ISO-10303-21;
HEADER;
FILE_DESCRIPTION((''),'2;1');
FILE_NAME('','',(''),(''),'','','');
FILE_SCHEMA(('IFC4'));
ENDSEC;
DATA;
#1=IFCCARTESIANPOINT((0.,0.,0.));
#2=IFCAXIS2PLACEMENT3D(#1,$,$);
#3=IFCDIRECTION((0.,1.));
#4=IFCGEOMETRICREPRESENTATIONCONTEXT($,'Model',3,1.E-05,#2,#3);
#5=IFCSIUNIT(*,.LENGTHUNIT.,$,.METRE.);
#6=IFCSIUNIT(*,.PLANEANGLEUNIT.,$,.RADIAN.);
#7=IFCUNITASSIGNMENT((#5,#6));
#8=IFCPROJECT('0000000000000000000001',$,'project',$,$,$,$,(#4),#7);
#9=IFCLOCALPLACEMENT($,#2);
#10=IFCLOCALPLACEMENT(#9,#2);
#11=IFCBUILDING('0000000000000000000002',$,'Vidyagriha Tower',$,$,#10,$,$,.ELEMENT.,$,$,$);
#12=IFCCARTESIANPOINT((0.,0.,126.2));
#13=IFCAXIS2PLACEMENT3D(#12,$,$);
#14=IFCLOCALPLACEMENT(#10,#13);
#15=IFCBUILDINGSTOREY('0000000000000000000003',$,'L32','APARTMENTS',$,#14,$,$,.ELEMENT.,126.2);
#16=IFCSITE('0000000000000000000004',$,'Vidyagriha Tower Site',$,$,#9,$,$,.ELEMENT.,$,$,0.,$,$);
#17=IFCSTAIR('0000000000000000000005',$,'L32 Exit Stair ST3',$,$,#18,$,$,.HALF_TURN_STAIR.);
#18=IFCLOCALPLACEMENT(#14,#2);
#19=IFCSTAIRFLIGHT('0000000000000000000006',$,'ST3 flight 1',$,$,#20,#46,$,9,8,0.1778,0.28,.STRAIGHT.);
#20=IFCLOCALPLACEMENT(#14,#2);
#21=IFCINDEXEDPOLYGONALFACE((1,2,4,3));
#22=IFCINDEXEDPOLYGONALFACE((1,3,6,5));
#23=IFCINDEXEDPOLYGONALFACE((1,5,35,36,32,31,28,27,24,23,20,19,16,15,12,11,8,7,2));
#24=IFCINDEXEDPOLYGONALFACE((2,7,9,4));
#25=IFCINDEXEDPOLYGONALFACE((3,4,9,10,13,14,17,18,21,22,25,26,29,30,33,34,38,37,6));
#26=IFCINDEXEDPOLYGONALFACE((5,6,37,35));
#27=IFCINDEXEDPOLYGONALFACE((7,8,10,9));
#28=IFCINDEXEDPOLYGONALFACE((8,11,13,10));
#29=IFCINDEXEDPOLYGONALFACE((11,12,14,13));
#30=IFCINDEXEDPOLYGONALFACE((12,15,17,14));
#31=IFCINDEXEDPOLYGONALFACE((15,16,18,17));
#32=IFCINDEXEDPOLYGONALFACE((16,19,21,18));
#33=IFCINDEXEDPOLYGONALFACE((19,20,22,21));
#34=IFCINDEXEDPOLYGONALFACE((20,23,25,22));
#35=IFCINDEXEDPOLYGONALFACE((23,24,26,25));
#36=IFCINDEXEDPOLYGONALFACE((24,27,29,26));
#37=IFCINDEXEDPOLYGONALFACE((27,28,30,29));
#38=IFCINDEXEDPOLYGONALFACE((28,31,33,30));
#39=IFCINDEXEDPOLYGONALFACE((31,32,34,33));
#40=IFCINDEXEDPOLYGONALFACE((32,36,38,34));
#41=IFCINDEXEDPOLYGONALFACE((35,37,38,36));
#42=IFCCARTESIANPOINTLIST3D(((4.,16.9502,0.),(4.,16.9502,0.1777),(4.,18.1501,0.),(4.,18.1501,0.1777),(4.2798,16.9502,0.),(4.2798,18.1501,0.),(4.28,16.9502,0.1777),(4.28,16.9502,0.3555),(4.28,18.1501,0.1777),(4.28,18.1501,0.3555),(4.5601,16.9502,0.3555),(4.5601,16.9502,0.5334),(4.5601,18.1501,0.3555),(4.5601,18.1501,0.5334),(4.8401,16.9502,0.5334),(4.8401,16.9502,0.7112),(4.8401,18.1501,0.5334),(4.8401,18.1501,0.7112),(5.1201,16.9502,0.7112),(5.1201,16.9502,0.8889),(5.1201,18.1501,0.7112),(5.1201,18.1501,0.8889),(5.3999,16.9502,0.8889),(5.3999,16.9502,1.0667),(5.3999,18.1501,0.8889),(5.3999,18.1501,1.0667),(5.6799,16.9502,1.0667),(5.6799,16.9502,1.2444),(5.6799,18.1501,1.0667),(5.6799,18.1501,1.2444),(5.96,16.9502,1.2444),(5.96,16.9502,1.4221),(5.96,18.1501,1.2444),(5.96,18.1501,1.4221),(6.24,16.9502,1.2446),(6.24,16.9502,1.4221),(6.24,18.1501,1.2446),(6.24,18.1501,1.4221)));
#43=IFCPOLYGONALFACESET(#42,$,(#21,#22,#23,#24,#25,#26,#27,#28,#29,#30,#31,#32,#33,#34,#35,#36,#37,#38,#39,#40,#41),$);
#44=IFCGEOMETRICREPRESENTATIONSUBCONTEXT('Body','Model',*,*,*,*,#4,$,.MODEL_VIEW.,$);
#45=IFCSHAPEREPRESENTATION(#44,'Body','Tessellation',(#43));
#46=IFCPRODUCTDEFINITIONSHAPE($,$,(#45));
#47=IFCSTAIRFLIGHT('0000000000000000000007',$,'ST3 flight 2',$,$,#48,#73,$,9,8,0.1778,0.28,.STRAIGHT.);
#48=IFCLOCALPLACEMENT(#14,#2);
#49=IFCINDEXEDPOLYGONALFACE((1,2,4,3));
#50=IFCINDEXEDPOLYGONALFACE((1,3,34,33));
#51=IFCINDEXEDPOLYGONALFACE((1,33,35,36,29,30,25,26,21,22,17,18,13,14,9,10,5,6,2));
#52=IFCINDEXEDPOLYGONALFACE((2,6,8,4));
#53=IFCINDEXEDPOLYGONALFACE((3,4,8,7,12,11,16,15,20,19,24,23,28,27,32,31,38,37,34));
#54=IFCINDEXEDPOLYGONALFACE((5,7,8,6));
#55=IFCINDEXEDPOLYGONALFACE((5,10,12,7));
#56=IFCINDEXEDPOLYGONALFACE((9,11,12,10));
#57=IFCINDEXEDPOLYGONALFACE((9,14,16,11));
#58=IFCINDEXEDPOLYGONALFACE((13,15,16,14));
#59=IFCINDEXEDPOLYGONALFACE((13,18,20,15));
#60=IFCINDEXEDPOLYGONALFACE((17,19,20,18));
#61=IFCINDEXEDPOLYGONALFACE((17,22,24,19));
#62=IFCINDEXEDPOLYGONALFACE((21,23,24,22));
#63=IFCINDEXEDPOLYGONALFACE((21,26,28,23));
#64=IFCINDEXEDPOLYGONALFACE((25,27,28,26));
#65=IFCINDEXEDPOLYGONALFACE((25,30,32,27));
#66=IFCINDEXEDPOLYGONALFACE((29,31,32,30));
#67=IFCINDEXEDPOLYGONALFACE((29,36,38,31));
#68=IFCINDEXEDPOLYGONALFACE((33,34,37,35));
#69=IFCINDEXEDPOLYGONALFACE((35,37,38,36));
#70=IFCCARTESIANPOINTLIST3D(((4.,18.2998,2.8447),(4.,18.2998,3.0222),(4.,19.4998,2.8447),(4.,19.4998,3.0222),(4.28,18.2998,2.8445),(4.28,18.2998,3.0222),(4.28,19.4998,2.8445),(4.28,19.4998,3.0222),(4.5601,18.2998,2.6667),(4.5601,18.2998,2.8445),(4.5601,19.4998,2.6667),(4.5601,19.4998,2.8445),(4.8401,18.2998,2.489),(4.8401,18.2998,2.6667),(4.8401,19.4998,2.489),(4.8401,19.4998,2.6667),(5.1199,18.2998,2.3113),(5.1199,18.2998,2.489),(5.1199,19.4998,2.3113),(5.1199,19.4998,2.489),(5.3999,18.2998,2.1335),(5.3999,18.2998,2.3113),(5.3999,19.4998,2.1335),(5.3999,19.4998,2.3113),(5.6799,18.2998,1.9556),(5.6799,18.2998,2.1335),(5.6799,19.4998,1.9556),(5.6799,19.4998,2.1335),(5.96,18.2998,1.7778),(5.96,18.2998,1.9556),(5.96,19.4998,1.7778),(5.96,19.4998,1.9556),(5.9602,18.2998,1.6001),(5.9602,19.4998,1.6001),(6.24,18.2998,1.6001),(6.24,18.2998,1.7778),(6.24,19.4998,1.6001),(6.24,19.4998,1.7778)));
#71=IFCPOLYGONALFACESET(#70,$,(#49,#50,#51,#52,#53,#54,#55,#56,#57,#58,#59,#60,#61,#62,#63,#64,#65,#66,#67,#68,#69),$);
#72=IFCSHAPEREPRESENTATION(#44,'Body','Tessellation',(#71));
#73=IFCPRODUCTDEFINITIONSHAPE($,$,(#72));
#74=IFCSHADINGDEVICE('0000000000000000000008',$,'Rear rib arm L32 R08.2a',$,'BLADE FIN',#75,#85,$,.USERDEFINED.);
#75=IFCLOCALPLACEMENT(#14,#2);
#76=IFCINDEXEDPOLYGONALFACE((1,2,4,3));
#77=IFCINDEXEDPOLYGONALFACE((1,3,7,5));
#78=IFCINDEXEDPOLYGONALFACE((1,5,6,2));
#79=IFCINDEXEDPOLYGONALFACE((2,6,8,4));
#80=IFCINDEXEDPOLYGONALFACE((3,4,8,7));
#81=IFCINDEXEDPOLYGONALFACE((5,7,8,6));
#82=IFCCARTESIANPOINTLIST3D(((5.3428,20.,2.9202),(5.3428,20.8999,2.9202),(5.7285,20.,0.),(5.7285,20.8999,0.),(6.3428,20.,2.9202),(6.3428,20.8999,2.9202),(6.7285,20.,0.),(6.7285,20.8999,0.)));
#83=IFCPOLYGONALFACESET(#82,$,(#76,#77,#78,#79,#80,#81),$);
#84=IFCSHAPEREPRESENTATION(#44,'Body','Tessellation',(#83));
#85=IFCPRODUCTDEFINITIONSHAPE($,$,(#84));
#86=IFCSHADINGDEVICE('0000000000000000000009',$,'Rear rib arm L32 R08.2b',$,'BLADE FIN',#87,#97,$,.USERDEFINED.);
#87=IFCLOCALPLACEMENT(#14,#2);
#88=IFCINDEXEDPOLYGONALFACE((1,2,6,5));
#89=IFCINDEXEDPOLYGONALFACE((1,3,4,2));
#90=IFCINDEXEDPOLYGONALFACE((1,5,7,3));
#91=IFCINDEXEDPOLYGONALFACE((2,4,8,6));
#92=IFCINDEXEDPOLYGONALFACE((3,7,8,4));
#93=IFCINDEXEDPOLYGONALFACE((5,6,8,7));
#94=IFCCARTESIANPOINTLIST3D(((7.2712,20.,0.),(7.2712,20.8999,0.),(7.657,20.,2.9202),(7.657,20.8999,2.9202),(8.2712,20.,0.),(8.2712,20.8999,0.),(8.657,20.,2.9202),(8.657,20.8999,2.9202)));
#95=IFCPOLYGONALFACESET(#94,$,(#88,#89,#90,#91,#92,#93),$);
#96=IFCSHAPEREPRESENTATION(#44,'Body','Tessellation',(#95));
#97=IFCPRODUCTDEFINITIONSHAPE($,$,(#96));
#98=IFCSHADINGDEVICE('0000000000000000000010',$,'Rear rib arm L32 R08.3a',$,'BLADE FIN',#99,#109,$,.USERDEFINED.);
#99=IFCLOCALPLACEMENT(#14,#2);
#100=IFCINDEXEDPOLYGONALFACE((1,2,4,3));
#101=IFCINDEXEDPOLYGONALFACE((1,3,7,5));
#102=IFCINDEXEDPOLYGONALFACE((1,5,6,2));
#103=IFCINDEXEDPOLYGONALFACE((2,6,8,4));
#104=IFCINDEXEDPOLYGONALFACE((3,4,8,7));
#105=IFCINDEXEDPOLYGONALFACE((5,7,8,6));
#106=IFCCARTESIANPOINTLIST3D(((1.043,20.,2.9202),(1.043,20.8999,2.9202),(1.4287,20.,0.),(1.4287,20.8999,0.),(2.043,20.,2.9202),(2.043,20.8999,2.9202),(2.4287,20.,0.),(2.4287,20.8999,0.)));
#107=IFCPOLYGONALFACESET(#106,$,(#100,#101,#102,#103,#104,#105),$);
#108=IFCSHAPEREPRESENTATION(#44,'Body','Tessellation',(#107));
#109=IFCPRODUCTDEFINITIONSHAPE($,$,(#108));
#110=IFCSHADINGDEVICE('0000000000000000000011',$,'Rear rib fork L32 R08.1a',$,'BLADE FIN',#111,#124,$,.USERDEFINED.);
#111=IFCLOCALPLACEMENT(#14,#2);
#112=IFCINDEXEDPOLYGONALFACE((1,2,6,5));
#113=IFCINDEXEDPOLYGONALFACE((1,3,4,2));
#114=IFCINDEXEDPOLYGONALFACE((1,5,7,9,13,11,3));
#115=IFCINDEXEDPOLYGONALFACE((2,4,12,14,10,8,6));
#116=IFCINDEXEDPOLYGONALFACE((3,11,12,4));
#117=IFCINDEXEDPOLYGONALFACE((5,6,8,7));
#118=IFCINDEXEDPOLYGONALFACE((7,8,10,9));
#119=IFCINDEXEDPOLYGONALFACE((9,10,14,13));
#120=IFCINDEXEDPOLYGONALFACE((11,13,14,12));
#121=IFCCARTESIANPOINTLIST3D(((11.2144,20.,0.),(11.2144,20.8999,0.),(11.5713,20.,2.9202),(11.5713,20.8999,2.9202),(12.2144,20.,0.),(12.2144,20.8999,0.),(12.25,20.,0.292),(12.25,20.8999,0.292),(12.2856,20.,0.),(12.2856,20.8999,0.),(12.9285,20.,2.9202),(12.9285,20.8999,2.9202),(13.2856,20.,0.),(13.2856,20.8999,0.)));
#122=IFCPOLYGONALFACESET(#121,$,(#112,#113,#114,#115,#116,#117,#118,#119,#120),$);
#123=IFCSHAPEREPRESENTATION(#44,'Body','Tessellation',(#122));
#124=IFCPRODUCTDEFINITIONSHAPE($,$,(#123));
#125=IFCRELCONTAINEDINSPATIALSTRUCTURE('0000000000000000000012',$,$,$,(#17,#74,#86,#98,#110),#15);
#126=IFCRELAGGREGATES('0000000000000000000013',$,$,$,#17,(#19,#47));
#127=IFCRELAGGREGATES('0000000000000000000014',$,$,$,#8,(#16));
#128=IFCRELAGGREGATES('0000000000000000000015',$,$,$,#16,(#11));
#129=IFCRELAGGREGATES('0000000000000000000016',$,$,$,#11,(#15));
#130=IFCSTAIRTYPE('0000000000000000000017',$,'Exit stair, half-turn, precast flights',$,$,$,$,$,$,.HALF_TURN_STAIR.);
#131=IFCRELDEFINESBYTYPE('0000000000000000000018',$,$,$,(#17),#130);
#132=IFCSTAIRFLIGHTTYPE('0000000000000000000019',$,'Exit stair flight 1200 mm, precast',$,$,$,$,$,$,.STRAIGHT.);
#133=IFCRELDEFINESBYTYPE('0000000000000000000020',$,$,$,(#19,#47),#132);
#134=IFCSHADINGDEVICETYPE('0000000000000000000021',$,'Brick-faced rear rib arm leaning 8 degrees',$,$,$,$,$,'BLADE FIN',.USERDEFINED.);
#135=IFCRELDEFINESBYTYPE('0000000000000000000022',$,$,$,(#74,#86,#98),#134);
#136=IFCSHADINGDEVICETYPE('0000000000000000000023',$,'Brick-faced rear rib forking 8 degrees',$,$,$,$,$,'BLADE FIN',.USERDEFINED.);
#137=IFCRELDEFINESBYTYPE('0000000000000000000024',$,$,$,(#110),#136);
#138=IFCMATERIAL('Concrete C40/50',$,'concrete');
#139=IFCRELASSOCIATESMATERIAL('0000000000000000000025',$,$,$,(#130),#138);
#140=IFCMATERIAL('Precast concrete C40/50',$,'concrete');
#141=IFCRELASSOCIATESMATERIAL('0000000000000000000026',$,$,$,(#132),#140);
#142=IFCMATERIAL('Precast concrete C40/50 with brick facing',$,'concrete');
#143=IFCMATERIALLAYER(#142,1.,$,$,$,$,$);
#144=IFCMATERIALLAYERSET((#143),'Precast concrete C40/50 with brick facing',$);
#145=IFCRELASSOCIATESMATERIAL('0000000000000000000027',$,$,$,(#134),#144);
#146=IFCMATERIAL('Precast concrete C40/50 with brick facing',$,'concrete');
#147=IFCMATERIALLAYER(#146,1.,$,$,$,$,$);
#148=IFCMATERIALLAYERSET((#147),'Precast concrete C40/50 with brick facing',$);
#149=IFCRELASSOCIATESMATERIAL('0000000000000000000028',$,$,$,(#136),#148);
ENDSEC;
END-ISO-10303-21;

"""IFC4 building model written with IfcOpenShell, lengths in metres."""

from ifc_helpers import new_model, si_unit, direction, frame, origin, place, context, subcontext, project, spatial, polyline, outline, extrude, material, layer, layer_set, type_object, element, aggregate, save


model = new_model("IFC4")

# Units and contexts
model_context = context("Model", 3, precision=1e-05, world=origin(), true_north=direction((0.0, 1.0)))
body_context = subcontext(model_context, "Body", "Model", "MODEL_VIEW")
ifc_project = project(units=[si_unit("LENGTHUNIT", "METRE"), si_unit("PLANEANGLEUNIT", "RADIAN")], contexts=[model_context])

# Site, building, storey
site_placement = place(None, origin())
site = spatial("IfcSite", under=ifc_project, at=site_placement, Name="Vidyagriha Tower Site", CompositionType="ELEMENT", RefElevation=0.0)
building_placement = place(site_placement, origin())
building = spatial("IfcBuilding", under=site, at=building_placement, Name="Vidyagriha Tower", CompositionType="ELEMENT")
storey_placement = place(building_placement, frame((0.0, 0.0, 126.2)))
storey = spatial("IfcBuildingStorey", under=building, at=storey_placement, Name="L32", Description="APARTMENTS", CompositionType="ELEMENT", Elevation=126.2)

# Shared definitions
ifc_material_1 = material(Name="Concrete C40/50", Category="concrete")
stair_type = type_object("IfcStairType", Name="Exit stair, half-turn, precast flights", PredefinedType="HALF_TURN_STAIR", material=ifc_material_1)
ifc_material_2 = material(Name="Precast concrete C40/50", Category="concrete")
stair_flight_type = type_object("IfcStairFlightType", Name="Exit stair flight 1200 mm, precast", PredefinedType="STRAIGHT", material=ifc_material_2)

# Stair, stair flights
stair_1_placement = place(storey_placement, origin())
stair_1 = element("IfcStair", 1, at=stair_1_placement, inside=storey, type_object=stair_type, Name="L32 Exit Stair ST3", PredefinedType="HALF_TURN_STAIR")
stair_flight_1_placement = place(storey_placement, frame((4.0, 17.55, 0.0)))
stair_flight_1 = element("IfcStairFlight", 2, at=stair_flight_1_placement, type_object=stair_flight_type, Name="ST3 flight 1", NumberOfRisers=9, NumberOfTreads=8, PredefinedType="STRAIGHT", RiserHeight=0.1778, TreadLength=0.28, context=body_context, shape_type="SweptSolid", body=[
    extrude(outline(polyline([(0.0, 0.0), (0.0, 0.1777), (0.28, 0.1777), (0.28, 0.3555), (0.5601, 0.3555), (0.5601, 0.5334), (0.8401, 0.5334), (0.8401, 0.7112), (1.1201, 0.7112), (1.1201, 0.8889), (1.3999, 0.8889), (1.3999, 1.0667), (1.6799, 1.0667), (1.6799, 1.2444), (1.96, 1.2444), (1.96, 1.4221), (2.24, 1.4221), (2.24, 1.6001), (2.24, 1.2446), (0.2798, 0.0), (0.0, 0.0)])), frame((0.0, 0.6001, 0.0), z_axis=(0.0, -1.0, 0.0), x_axis=(1.0, 0.0, 0.0)), (0.0, 0.0, 1.0), 1.2),
])
stair_flight_2_placement = place(storey_placement, frame((6.24, 18.8999, 1.6001), z_axis=(0.0, 0.0, 1.0), x_axis=(-1.0, 0.0, 0.0)))
stair_flight_2 = element("IfcStairFlight", 3, at=stair_flight_2_placement, type_object=stair_flight_type, Name="ST3 flight 2", NumberOfRisers=9, NumberOfTreads=8, PredefinedType="STRAIGHT", RiserHeight=0.1778, TreadLength=0.28, context=body_context, shape_type="SweptSolid", body=[
    extrude(outline(polyline([(0.0, 0.0), (0.0, 0.1777), (0.28, 0.1777), (0.28, 0.3555), (0.5601, 0.3555), (0.5601, 0.5334), (0.8401, 0.5334), (0.8401, 0.7112), (1.1201, 0.7112), (1.1201, 0.8889), (1.3999, 0.8889), (1.3999, 1.0667), (1.6799, 1.0667), (1.6799, 1.2444), (1.96, 1.2444), (1.96, 1.4221), (2.24, 1.4221), (2.24, 1.6001), (2.24, 1.2446), (0.2798, 0.0), (0.0, 0.0)])), frame((0.0, 0.6001, 0.0), z_axis=(0.0, -1.0, 0.0), x_axis=(1.0, 0.0, 0.0)), (0.0, 0.0, 1.0), 1.2),
])
aggregate(stair_1, [stair_flight_1, stair_flight_2])

# Shading devices
ifc_material_3 = material(Name="Precast concrete C40/50 with brick facing", Category="concrete")
ifc_layer_1 = layer(ifc_material_3, 1.0)
ifc_layer_set_1 = layer_set([ifc_layer_1], Name="Precast concrete C40/50 with brick facing")
shading_device_type_1 = type_object("IfcShadingDeviceType", Name="Brick-faced rear rib arm leaning 8 degrees", ElementType="BLADE FIN", PredefinedType="USERDEFINED", material=ifc_layer_set_1)
shading_device_1_placement = place(storey_placement, frame((6.7285, 20.45, 0.0), z_axis=(0.0, 0.0, 1.0), x_axis=(-1.0, 0.0, 0.0)))
element("IfcShadingDevice", 4, at=shading_device_1_placement, inside=storey, type_object=shading_device_type_1, Name="Rear rib arm L32 R08.2a", ObjectType="BLADE FIN", PredefinedType="USERDEFINED", context=body_context, shape_type="SweptSolid", body=[
    extrude(outline(polyline([(0.0, 0.0), (1.0, 0.0), (1.3857, 2.9202), (0.3857, 2.9202), (0.0, 0.0)])), frame((0.0, 0.45, 0.0), z_axis=(0.0, -1.0, 0.0), x_axis=(1.0, 0.0, 0.0)), (0.0, 0.0, 1.0), 0.8999),
])
shading_device_2_placement = place(storey_placement, frame((8.657, 20.45, 0.0), z_axis=(0.0, 0.0, 1.0), x_axis=(-1.0, 0.0, 0.0)))
element("IfcShadingDevice", 5, at=shading_device_2_placement, inside=storey, type_object=shading_device_type_1, Name="Rear rib arm L32 R08.2b", ObjectType="BLADE FIN", PredefinedType="USERDEFINED", context=body_context, shape_type="SweptSolid", body=[
    extrude(outline(polyline([(0.3857, 0.0), (1.3857, 0.0), (1.0, 2.9202), (0.0, 2.9202), (0.3857, 0.0)])), frame((0.0, 0.45, 0.0), z_axis=(0.0, -1.0, 0.0), x_axis=(1.0, 0.0, 0.0)), (0.0, 0.0, 1.0), 0.8999),
])
shading_device_3_placement = place(storey_placement, frame((2.4287, 20.45, 0.0), z_axis=(0.0, 0.0, 1.0), x_axis=(-1.0, 0.0, 0.0)))
element("IfcShadingDevice", 6, at=shading_device_3_placement, inside=storey, type_object=shading_device_type_1, Name="Rear rib arm L32 R08.3a", ObjectType="BLADE FIN", PredefinedType="USERDEFINED", context=body_context, shape_type="SweptSolid", body=[
    extrude(outline(polyline([(0.0, 0.0), (1.0, 0.0), (1.3857, 2.9202), (0.3857, 2.9202), (0.0, 0.0)])), frame((0.0, 0.45, 0.0), z_axis=(0.0, -1.0, 0.0), x_axis=(1.0, 0.0, 0.0)), (0.0, 0.0, 1.0), 0.8999),
])
ifc_material_4 = material(Name="Precast concrete C40/50 with brick facing", Category="concrete")
ifc_layer_2 = layer(ifc_material_4, 1.0)
ifc_layer_set_2 = layer_set([ifc_layer_2], Name="Precast concrete C40/50 with brick facing")
shading_device_type_2 = type_object("IfcShadingDeviceType", Name="Brick-faced rear rib forking 8 degrees", ElementType="BLADE FIN", PredefinedType="USERDEFINED", material=ifc_layer_set_2)
shading_device_4_placement = place(storey_placement, frame((13.2856, 20.45, 0.0), z_axis=(0.0, 0.0, 1.0), x_axis=(-1.0, 0.0, 0.0)))
element("IfcShadingDevice", 7, at=shading_device_4_placement, inside=storey, type_object=shading_device_type_2, Name="Rear rib fork L32 R08.1a", ObjectType="BLADE FIN", PredefinedType="USERDEFINED", context=body_context, shape_type="SweptSolid", body=[
    extrude(outline(polyline([(1.0, 0.0), (1.0356, 0.292), (1.0713, 0.0), (2.0713, 0.0), (1.7144, 2.9202), (0.3572, 2.9202), (0.0, 0.0), (1.0, 0.0)])), frame((0.0, 0.45, 0.0), z_axis=(0.0, -1.0, 0.0), x_axis=(1.0, 0.0, 0.0)), (0.0, 0.0, 1.0), 0.8999),
])

save(model, "model.ifc")
